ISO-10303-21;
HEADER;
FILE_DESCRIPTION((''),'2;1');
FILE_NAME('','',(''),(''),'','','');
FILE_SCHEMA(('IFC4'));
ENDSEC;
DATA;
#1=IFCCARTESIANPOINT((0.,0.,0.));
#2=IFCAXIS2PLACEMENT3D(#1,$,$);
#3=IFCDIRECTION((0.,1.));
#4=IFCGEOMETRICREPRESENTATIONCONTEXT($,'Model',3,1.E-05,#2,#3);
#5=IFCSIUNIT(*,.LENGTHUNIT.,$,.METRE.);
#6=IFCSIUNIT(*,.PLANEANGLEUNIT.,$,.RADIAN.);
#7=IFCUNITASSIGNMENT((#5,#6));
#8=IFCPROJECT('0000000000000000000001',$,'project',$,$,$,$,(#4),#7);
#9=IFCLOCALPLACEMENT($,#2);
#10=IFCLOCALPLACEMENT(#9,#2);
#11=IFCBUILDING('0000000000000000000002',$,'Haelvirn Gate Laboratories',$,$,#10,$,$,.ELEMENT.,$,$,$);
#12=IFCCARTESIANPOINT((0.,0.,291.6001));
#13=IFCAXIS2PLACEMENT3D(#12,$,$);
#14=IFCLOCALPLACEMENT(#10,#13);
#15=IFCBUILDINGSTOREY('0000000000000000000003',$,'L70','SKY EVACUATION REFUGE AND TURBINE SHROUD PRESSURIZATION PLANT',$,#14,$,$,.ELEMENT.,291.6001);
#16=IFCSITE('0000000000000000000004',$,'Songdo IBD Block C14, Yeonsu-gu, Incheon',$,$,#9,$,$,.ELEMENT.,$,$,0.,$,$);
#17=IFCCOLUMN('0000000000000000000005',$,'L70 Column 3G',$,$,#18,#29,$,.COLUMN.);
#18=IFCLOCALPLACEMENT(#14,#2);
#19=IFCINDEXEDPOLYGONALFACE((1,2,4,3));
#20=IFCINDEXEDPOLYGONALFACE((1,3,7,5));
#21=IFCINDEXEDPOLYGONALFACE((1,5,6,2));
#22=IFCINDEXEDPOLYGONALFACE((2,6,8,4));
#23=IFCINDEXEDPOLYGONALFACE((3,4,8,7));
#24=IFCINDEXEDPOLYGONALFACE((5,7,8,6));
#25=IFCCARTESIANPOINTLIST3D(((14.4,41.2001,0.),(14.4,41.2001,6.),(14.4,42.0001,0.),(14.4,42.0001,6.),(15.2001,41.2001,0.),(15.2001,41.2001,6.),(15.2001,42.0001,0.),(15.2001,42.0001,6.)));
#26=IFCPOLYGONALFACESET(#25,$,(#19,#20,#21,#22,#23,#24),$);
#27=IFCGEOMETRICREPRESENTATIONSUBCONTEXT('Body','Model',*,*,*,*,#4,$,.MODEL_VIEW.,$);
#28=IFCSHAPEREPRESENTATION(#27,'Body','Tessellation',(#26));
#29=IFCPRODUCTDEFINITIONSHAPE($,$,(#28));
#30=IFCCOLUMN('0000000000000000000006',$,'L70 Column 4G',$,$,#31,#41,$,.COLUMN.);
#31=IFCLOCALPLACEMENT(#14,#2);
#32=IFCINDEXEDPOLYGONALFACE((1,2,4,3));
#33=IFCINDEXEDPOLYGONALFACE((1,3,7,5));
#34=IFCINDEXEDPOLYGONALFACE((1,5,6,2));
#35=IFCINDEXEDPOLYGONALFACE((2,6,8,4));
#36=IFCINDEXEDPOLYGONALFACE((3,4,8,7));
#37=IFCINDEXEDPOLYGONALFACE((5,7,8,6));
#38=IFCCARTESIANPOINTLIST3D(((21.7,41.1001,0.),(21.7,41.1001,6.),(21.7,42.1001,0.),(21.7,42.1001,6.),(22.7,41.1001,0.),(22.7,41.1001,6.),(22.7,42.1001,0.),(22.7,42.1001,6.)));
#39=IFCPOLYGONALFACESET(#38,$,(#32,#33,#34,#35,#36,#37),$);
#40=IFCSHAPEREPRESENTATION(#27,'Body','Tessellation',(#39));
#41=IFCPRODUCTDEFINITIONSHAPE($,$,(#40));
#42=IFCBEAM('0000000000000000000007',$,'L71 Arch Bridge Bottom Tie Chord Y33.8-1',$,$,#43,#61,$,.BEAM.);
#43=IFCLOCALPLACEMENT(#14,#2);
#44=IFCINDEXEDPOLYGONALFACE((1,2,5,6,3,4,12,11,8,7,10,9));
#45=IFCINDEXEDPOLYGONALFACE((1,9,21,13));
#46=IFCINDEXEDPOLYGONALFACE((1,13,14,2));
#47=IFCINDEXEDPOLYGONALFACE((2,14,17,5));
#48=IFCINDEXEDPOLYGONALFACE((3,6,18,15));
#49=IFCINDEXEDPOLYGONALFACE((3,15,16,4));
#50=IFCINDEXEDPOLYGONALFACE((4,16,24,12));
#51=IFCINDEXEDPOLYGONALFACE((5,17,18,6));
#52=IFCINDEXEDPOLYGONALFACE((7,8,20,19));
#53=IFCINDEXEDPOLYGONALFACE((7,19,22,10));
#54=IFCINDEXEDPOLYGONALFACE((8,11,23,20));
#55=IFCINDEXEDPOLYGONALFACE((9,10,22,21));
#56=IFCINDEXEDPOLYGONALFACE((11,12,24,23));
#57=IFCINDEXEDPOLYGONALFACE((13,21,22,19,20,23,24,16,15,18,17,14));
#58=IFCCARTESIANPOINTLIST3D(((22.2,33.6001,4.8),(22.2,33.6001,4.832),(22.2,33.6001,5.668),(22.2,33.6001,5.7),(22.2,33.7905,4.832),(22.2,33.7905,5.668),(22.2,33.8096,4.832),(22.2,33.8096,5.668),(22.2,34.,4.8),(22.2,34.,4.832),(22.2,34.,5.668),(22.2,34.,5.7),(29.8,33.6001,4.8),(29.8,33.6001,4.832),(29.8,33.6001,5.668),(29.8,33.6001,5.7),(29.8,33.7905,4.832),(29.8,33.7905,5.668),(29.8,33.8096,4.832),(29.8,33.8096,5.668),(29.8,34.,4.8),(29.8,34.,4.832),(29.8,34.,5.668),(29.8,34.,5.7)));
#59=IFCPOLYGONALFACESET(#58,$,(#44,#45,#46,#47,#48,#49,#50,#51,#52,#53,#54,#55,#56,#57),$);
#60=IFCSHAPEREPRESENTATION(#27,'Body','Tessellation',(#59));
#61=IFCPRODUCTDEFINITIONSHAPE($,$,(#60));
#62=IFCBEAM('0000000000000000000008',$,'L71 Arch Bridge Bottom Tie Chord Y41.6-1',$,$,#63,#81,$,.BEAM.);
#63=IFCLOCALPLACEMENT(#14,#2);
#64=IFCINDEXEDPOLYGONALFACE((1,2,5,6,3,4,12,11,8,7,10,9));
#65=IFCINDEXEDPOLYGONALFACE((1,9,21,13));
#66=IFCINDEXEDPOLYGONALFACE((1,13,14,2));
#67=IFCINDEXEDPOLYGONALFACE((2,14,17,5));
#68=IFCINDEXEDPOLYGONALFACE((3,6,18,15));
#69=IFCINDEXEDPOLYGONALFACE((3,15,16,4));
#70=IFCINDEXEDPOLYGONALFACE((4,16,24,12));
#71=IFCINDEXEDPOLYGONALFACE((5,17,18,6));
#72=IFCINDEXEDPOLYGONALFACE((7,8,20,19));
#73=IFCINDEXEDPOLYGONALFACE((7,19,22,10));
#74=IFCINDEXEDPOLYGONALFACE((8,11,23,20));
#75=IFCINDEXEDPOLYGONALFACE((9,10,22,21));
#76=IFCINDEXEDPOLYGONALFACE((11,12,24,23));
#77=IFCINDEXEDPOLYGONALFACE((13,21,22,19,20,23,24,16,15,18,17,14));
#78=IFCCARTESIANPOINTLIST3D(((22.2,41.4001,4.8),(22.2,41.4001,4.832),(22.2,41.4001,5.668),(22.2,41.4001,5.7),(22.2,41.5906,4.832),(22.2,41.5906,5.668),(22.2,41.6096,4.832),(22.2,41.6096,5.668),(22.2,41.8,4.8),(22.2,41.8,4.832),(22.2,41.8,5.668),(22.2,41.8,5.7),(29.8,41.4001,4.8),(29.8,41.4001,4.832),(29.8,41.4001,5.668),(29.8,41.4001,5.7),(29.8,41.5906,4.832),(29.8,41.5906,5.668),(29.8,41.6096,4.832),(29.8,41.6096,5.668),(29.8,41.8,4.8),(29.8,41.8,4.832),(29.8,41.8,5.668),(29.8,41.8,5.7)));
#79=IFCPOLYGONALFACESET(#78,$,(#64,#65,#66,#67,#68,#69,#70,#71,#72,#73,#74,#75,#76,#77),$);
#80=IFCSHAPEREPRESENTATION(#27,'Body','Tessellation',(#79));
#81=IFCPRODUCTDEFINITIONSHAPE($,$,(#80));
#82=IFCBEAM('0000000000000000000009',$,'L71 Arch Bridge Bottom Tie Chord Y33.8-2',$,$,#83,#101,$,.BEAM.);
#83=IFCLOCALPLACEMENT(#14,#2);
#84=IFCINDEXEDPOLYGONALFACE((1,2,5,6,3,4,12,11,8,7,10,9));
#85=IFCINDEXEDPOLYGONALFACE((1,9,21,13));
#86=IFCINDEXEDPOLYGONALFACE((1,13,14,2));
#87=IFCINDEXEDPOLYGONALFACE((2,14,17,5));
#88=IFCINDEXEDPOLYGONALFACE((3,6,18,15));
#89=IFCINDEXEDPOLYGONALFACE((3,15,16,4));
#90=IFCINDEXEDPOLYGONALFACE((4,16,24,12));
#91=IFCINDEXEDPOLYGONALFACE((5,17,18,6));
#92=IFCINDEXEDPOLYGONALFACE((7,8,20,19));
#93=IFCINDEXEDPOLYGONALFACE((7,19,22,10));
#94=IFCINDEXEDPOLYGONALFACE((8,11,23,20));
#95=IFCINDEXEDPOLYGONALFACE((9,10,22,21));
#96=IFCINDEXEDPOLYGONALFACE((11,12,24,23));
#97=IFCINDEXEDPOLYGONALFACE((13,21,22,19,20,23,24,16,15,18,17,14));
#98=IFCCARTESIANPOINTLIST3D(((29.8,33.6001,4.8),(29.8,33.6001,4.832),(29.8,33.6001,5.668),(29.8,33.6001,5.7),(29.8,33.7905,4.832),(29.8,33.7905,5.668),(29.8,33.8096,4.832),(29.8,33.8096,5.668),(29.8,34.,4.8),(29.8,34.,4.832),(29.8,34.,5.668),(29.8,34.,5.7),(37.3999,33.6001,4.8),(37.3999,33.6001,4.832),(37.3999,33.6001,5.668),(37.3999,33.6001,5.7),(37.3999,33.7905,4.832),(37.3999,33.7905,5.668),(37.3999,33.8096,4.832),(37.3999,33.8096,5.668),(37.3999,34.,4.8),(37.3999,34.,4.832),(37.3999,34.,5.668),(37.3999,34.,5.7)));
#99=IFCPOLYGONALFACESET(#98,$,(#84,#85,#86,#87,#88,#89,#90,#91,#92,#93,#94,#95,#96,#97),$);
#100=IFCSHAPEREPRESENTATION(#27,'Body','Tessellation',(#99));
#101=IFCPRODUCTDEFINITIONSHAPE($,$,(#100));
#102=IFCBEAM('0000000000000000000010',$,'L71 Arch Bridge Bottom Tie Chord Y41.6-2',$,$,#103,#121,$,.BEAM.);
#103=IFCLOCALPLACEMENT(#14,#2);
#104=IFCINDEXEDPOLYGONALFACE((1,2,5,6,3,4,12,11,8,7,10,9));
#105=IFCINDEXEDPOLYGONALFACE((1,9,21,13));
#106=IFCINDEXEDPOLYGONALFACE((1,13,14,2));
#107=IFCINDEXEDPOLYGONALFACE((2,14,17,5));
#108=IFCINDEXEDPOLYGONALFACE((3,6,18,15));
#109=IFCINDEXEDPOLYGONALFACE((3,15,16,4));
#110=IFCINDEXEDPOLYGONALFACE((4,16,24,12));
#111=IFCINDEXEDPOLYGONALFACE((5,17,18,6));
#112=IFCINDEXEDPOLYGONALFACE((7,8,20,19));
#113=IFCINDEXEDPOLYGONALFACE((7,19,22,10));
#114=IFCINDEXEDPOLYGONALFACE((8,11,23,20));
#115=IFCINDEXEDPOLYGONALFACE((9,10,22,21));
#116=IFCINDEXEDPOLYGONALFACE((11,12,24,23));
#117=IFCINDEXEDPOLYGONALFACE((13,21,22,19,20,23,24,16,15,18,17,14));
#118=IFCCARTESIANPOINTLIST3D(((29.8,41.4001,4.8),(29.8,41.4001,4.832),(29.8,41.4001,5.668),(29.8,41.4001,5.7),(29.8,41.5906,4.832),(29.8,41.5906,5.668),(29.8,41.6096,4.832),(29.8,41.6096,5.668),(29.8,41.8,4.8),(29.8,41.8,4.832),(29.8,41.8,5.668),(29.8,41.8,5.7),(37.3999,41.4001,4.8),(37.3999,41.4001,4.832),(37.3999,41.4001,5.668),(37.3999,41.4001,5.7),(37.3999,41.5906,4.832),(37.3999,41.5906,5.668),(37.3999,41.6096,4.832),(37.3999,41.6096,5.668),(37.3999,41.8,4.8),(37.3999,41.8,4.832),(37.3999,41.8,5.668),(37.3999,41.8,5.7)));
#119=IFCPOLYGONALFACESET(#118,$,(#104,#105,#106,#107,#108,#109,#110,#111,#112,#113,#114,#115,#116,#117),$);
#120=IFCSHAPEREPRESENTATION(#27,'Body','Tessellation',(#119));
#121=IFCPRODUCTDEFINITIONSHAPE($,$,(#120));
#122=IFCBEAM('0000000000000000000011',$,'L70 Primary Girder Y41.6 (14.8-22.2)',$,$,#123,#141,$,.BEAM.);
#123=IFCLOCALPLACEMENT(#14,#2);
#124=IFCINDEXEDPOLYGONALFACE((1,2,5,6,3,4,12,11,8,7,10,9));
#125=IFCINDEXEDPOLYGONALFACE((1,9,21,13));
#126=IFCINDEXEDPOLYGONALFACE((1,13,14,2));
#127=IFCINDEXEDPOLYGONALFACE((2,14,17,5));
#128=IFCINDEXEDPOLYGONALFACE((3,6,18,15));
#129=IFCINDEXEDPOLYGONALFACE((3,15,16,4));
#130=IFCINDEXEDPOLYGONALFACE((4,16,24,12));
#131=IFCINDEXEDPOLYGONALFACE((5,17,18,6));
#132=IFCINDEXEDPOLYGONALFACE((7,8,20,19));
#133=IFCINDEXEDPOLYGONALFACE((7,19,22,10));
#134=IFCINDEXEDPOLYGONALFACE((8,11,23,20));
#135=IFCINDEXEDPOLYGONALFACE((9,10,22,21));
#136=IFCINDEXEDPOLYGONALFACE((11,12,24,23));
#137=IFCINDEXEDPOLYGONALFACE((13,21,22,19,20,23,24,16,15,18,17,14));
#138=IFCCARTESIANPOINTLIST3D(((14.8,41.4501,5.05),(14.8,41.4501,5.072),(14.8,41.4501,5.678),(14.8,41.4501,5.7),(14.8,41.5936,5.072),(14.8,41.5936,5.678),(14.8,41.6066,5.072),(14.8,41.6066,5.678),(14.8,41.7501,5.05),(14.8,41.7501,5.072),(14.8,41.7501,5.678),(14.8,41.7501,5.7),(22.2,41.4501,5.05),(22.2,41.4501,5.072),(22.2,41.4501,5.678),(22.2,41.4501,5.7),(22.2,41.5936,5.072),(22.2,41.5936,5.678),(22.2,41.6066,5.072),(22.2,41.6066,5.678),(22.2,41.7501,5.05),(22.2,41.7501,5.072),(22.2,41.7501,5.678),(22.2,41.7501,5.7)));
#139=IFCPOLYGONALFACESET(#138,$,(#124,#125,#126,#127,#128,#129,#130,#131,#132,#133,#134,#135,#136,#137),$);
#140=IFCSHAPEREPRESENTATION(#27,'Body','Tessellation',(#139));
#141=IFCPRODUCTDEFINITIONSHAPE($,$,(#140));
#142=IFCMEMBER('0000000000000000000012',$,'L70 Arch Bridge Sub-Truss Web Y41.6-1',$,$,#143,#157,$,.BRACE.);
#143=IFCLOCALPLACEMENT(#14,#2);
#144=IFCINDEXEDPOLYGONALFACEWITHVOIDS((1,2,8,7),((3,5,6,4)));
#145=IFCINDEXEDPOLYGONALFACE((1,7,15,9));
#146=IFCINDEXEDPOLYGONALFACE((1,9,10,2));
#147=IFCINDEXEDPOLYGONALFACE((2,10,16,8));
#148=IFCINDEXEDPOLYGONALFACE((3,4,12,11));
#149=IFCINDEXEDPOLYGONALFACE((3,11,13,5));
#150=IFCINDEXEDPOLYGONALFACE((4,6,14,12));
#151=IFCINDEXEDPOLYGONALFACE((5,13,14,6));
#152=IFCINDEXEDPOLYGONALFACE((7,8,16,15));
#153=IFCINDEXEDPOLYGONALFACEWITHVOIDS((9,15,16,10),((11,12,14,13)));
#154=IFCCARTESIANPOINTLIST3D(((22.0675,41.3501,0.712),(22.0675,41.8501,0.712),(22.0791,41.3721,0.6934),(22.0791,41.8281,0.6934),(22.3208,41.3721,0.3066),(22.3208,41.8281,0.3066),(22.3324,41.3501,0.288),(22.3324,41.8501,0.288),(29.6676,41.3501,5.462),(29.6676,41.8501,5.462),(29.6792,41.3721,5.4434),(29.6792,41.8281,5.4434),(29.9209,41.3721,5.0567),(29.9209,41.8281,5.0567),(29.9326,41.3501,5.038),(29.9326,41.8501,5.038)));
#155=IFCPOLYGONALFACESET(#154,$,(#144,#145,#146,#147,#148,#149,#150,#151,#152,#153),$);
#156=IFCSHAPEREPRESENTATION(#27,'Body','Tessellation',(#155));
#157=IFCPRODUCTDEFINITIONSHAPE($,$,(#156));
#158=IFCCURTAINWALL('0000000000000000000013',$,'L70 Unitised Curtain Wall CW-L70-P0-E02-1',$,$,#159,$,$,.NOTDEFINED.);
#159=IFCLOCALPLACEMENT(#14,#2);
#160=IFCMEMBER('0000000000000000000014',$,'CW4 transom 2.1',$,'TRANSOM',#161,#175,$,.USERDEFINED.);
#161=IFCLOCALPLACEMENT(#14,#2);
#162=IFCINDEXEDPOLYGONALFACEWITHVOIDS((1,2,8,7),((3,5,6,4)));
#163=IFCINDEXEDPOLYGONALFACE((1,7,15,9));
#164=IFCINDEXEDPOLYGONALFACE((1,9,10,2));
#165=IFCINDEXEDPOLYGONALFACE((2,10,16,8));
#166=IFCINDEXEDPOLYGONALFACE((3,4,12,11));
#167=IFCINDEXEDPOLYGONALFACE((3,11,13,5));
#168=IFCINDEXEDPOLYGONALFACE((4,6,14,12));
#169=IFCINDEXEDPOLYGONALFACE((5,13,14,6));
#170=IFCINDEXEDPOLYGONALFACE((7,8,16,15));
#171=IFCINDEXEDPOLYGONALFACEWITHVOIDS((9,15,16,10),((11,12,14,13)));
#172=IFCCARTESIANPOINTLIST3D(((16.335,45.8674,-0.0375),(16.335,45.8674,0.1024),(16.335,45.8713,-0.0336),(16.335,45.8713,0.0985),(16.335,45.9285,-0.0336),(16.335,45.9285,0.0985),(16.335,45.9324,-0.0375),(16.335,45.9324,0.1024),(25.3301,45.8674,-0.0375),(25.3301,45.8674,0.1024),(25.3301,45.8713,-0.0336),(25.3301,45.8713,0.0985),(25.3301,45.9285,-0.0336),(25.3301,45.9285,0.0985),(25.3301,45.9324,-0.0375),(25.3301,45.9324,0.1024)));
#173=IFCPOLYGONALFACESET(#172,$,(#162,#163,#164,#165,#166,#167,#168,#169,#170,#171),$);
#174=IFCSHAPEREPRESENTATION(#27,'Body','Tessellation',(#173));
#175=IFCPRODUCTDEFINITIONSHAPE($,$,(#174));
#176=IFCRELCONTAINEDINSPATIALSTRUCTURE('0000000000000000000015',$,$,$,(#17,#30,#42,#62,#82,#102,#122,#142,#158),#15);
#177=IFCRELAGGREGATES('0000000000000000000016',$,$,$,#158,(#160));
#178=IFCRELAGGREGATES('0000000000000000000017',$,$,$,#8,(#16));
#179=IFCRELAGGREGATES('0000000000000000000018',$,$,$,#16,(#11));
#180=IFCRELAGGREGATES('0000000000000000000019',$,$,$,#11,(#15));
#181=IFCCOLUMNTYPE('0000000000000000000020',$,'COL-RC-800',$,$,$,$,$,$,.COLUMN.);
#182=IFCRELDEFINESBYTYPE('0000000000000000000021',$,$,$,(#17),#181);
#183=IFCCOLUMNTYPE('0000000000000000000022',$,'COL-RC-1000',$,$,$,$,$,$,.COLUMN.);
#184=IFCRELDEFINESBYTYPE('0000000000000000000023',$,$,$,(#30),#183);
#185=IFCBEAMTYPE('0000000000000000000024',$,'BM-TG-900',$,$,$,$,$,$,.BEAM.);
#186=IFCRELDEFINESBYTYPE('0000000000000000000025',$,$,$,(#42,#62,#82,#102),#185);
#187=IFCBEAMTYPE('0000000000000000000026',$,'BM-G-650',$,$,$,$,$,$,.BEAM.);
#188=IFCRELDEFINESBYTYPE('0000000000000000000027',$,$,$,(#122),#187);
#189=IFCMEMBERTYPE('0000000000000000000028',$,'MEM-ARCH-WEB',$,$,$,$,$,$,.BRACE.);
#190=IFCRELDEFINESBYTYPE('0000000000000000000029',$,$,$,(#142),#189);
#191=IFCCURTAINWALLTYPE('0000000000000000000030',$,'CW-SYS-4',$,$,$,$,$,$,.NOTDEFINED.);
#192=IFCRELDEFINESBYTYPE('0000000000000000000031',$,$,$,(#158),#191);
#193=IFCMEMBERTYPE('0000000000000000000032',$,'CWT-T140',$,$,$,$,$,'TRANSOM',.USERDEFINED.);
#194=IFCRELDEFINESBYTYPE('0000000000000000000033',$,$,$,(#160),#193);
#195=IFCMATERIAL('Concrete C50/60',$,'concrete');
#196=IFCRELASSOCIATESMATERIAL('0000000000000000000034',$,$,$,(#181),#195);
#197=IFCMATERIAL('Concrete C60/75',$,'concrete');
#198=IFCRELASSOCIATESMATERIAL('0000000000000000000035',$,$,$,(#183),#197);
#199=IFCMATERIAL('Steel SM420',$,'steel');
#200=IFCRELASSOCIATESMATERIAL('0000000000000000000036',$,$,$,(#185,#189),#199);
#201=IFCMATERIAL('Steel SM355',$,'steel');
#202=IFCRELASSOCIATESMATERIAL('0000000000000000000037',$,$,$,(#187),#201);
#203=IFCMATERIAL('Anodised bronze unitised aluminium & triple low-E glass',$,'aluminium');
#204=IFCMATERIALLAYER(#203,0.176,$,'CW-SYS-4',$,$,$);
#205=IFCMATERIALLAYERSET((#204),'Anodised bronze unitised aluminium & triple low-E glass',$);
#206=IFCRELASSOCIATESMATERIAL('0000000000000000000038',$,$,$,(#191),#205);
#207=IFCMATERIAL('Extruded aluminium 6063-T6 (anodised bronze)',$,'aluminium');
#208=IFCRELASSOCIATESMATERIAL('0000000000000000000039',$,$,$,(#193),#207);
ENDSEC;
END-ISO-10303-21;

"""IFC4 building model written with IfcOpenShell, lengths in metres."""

from ifc_helpers import new_model, si_unit, direction, frame, origin, origin_2d, place, context, subcontext, project, spatial, rectangle, hollow_rectangle, i_section, extrude, source, transform, mapped, material, layer, layer_set, material_profile, profile_set, type_object, type_shapes, element, aggregate, save


model = new_model("IFC4")

# Units and contexts
model_context = context("Model", 3, precision=1e-05, world=origin(), true_north=direction((0.0, 1.0)))
body_context = subcontext(model_context, "Body", "Model", "MODEL_VIEW")
ifc_project = project(units=[si_unit("LENGTHUNIT", "METRE"), si_unit("PLANEANGLEUNIT", "RADIAN")], contexts=[model_context])

# Site, building, storey
site_placement = place(None, origin())
site = spatial("IfcSite", under=ifc_project, at=site_placement, Name="Songdo IBD Block C14, Yeonsu-gu, Incheon", CompositionType="ELEMENT", RefElevation=0.0)
building_placement = place(site_placement, origin())
building = spatial("IfcBuilding", under=site, at=building_placement, Name="Haelvirn Gate Laboratories", CompositionType="ELEMENT")
storey_placement = place(building_placement, frame((0.0, 0.0, 291.6001)))
storey = spatial("IfcBuildingStorey", under=building, at=storey_placement, Name="L70", Description="SKY EVACUATION REFUGE AND TURBINE SHROUD PRESSURIZATION PLANT", CompositionType="ELEMENT", Elevation=291.6001)

# Columns
ifc_material_1 = material(Name="Concrete C50/60", Category="concrete")
ifc_material_profile_1 = material_profile(ifc_material_1, rectangle(XDim=0.8, YDim=0.8, at=origin_2d()), Name="RC-800x800")
ifc_profile_set_1 = profile_set([ifc_material_profile_1], Name="Concrete C50/60")
column_type_1 = type_object("IfcColumnType", Name="COL-RC-800", PredefinedType="COLUMN", material=ifc_profile_set_1)
shared_shape_1 = source(origin(), body_context, "Body", "SweptSolid", [
    extrude(rectangle(XDim=0.8, YDim=0.8, at=origin_2d()), origin(), (0.0, 0.0, 1.0), 6.0),
])
type_shapes(column_type_1, [shared_shape_1])
column_1_placement = place(storey_placement, frame((14.8, 41.6001, 0.0), z_axis=(0.0, 0.0, 1.0), x_axis=(1.0, 0.0, 0.0)))
element("IfcColumn", 1, at=column_1_placement, inside=storey, type_object=column_type_1, Name="L70 Column 3G", PredefinedType="COLUMN", context=body_context, shape_type="MappedRepresentation", body=[
    mapped(shared_shape_1, transform((0.0, 0.0, 0.0), scale=1.0)),
])
ifc_material_2 = material(Name="Concrete C60/75", Category="concrete")
ifc_material_profile_2 = material_profile(ifc_material_2, rectangle(XDim=1.0, YDim=1.0, at=origin_2d()), Name="RC-1000x1000")
ifc_profile_set_2 = profile_set([ifc_material_profile_2], Name="Concrete C60/75")
column_type_2 = type_object("IfcColumnType", Name="COL-RC-1000", PredefinedType="COLUMN", material=ifc_profile_set_2)
shared_shape_2 = source(origin(), body_context, "Body", "SweptSolid", [
    extrude(rectangle(XDim=1.0, YDim=1.0, at=origin_2d()), origin(), (0.0, 0.0, 1.0), 6.0),
])
type_shapes(column_type_2, [shared_shape_2])
column_2_placement = place(storey_placement, frame((22.2, 41.6001, 0.0), z_axis=(0.0, 0.0, 1.0), x_axis=(1.0, 0.0, 0.0)))
element("IfcColumn", 2, at=column_2_placement, inside=storey, type_object=column_type_2, Name="L70 Column 4G", PredefinedType="COLUMN", context=body_context, shape_type="MappedRepresentation", body=[
    mapped(shared_shape_2, transform((0.0, 0.0, 0.0), scale=1.0)),
])

# Beams
ifc_material_3 = material(Name="Steel SM420", Category="steel")
ifc_material_profile_3 = material_profile(ifc_material_3, i_section(OverallWidth=0.3999, OverallDepth=0.8999, WebThickness=0.019, FlangeThickness=0.032, at=origin_2d()), Name="H-900x400x19x32")
ifc_profile_set_3 = profile_set([ifc_material_profile_3], Name="Steel SM420")
beam_type_1 = type_object("IfcBeamType", Name="BM-TG-900", PredefinedType="BEAM", material=ifc_profile_set_3)
shared_shape_3 = source(origin(), body_context, "Body", "SweptSolid", [
    extrude(i_section(OverallWidth=0.3999, OverallDepth=0.8999, WebThickness=0.019, FlangeThickness=0.032, at=origin_2d()), origin(), (0.0, 0.0, 1.0), 7.6001),
])
for number, where, z_axis, x_axis, name in (
    (3, (22.2, 33.8, 5.25), (1.0, 0.0, 0.0), (0.0, 1.0, 0.0), "L71 Arch Bridge Bottom Tie Chord Y33.8-1"),
    (4, (22.2, 41.6001, 5.25), (1.0, 0.0, 0.0), (0.0, 1.0, 0.0), "L71 Arch Bridge Bottom Tie Chord Y41.6-1"),
):
    element("IfcBeam", number, at=place(storey_placement, frame(where, z_axis=z_axis, x_axis=x_axis)), inside=storey, type_object=beam_type_1, Name=name, PredefinedType="BEAM", context=body_context, shape_type="MappedRepresentation", body=[
        mapped(shared_shape_3, transform((0.0, 0.0, 0.0), scale=1.0)),
    ])
shared_shape_4 = source(origin(), body_context, "Body", "SweptSolid", [
    extrude(i_section(OverallWidth=0.3999, OverallDepth=0.8999, WebThickness=0.019, FlangeThickness=0.032, at=origin_2d()), origin(), (0.0, 0.0, 1.0), 7.5999),
])
type_shapes(beam_type_1, [shared_shape_3, shared_shape_4])
for number, where, z_axis, x_axis, name in (
    (5, (29.8, 33.8, 5.25), (1.0, 0.0, 0.0), (0.0, 1.0, 0.0), "L71 Arch Bridge Bottom Tie Chord Y33.8-2"),
    (6, (29.8, 41.6001, 5.25), (1.0, 0.0, 0.0), (0.0, 1.0, 0.0), "L71 Arch Bridge Bottom Tie Chord Y41.6-2"),
):
    element("IfcBeam", number, at=place(storey_placement, frame(where, z_axis=z_axis, x_axis=x_axis)), inside=storey, type_object=beam_type_1, Name=name, PredefinedType="BEAM", context=body_context, shape_type="MappedRepresentation", body=[
        mapped(shared_shape_4, transform((0.0, 0.0, 0.0), scale=1.0)),
    ])
ifc_material_4 = material(Name="Steel SM355", Category="steel")
ifc_material_profile_4 = material_profile(ifc_material_4, i_section(OverallWidth=0.3, OverallDepth=0.6499, WebThickness=0.0129, FlangeThickness=0.022, at=origin_2d()), Name="H-650x300x13x22")
ifc_profile_set_4 = profile_set([ifc_material_profile_4], Name="Steel SM355")
beam_type_2 = type_object("IfcBeamType", Name="BM-G-650", PredefinedType="BEAM", material=ifc_profile_set_4)
shared_shape_5 = source(origin(), body_context, "Body", "SweptSolid", [
    extrude(i_section(OverallWidth=0.3, OverallDepth=0.6499, WebThickness=0.0129, FlangeThickness=0.022, at=origin_2d()), origin(), (0.0, 0.0, 1.0), 7.3999),
])
type_shapes(beam_type_2, [shared_shape_5])
beam_placement = place(storey_placement, frame((14.8, 41.6001, 5.375), z_axis=(1.0, 0.0, 0.0), x_axis=(0.0, 1.0, 0.0)))
element("IfcBeam", 7, at=beam_placement, inside=storey, type_object=beam_type_2, Name="L70 Primary Girder Y41.6 (14.8-22.2)", PredefinedType="BEAM", context=body_context, shape_type="MappedRepresentation", body=[
    mapped(shared_shape_5, transform((0.0, 0.0, 0.0), scale=1.0)),
])

# Member
ifc_material_profile_5 = material_profile(ifc_material_3, hollow_rectangle(XDim=0.5, YDim=0.5, WallThickness=0.022, at=origin_2d()), Name="BOX-500x500x22")
ifc_profile_set_5 = profile_set([ifc_material_profile_5], Name="Steel SM420")
member_type_1 = type_object("IfcMemberType", Name="MEM-ARCH-WEB", PredefinedType="BRACE", material=ifc_profile_set_5)
shared_shape_6 = source(origin(), body_context, "Body", "SweptSolid", [
    extrude(hollow_rectangle(XDim=0.5, YDim=0.5, WallThickness=0.022, at=origin_2d()), origin(), (0.0, 0.0, 1.0), 8.9624),
])
type_shapes(member_type_1, [shared_shape_6])
member_1_placement = place(storey_placement, frame((22.2, 41.6001, 0.5), z_axis=(0.848001, 0.0, 0.529994), x_axis=(0.0, 1.0, 0.0)))
element("IfcMember", 8, at=member_1_placement, inside=storey, type_object=member_type_1, Name="L70 Arch Bridge Sub-Truss Web Y41.6-1", PredefinedType="BRACE", context=body_context, shape_type="MappedRepresentation", body=[
    mapped(shared_shape_6, transform((0.0, 0.0, 0.0), scale=1.0)),
])

# Curtain wall, member
ifc_material_5 = material(Name="Anodised bronze unitised aluminium & triple low-E glass", Category="aluminium")
ifc_layer_1 = layer(ifc_material_5, 0.176, Name="CW-SYS-4")
ifc_layer_set_1 = layer_set([ifc_layer_1], Name="Anodised bronze unitised aluminium & triple low-E glass")
curtain_wall_type = type_object("IfcCurtainWallType", Name="CW-SYS-4", PredefinedType="NOTDEFINED", material=ifc_layer_set_1)
curtain_wall_placement = place(storey_placement, origin())
curtain_wall = element("IfcCurtainWall", 9, at=curtain_wall_placement, inside=storey, type_object=curtain_wall_type, Name="L70 Unitised Curtain Wall CW-L70-P0-E02-1", PredefinedType="NOTDEFINED")
ifc_material_6 = material(Name="Extruded aluminium 6063-T6 (anodised bronze)", Category="aluminium")
ifc_material_profile_6 = material_profile(ifc_material_6, hollow_rectangle(XDim=0.0649, YDim=0.1399, WallThickness=0.0039, at=origin_2d()), Name="CWT-140x65x4")
ifc_profile_set_6 = profile_set([ifc_material_profile_6], Name="Extruded aluminium 6063-T6 (anodised bronze)")
member_type_2 = type_object("IfcMemberType", Name="CWT-T140", ElementType="TRANSOM", PredefinedType="USERDEFINED", material=ifc_profile_set_6)
shared_shape_7 = source(origin(), body_context, "Body", "SweptSolid", [
    extrude(hollow_rectangle(XDim=0.0649, YDim=0.1399, WallThickness=0.0039, at=origin_2d()), origin(), (0.0, 0.0, 1.0), 8.9951),
])
type_shapes(member_type_2, [shared_shape_7])
member_2_placement = place(storey_placement, frame((16.335, 45.8999, 0.0325), z_axis=(1.0, 0.0, 0.0), x_axis=(0.0, 1.0, 0.0)))
member_2 = element("IfcMember", 10, at=member_2_placement, type_object=member_type_2, Name="CW4 transom 2.1", ObjectType="TRANSOM", PredefinedType="USERDEFINED", context=body_context, shape_type="MappedRepresentation", body=[
    mapped(shared_shape_7, transform((0.0, 0.0, 0.0), scale=1.0)),
])

aggregate(curtain_wall, [member_2])

save(model, "model.ifc")
